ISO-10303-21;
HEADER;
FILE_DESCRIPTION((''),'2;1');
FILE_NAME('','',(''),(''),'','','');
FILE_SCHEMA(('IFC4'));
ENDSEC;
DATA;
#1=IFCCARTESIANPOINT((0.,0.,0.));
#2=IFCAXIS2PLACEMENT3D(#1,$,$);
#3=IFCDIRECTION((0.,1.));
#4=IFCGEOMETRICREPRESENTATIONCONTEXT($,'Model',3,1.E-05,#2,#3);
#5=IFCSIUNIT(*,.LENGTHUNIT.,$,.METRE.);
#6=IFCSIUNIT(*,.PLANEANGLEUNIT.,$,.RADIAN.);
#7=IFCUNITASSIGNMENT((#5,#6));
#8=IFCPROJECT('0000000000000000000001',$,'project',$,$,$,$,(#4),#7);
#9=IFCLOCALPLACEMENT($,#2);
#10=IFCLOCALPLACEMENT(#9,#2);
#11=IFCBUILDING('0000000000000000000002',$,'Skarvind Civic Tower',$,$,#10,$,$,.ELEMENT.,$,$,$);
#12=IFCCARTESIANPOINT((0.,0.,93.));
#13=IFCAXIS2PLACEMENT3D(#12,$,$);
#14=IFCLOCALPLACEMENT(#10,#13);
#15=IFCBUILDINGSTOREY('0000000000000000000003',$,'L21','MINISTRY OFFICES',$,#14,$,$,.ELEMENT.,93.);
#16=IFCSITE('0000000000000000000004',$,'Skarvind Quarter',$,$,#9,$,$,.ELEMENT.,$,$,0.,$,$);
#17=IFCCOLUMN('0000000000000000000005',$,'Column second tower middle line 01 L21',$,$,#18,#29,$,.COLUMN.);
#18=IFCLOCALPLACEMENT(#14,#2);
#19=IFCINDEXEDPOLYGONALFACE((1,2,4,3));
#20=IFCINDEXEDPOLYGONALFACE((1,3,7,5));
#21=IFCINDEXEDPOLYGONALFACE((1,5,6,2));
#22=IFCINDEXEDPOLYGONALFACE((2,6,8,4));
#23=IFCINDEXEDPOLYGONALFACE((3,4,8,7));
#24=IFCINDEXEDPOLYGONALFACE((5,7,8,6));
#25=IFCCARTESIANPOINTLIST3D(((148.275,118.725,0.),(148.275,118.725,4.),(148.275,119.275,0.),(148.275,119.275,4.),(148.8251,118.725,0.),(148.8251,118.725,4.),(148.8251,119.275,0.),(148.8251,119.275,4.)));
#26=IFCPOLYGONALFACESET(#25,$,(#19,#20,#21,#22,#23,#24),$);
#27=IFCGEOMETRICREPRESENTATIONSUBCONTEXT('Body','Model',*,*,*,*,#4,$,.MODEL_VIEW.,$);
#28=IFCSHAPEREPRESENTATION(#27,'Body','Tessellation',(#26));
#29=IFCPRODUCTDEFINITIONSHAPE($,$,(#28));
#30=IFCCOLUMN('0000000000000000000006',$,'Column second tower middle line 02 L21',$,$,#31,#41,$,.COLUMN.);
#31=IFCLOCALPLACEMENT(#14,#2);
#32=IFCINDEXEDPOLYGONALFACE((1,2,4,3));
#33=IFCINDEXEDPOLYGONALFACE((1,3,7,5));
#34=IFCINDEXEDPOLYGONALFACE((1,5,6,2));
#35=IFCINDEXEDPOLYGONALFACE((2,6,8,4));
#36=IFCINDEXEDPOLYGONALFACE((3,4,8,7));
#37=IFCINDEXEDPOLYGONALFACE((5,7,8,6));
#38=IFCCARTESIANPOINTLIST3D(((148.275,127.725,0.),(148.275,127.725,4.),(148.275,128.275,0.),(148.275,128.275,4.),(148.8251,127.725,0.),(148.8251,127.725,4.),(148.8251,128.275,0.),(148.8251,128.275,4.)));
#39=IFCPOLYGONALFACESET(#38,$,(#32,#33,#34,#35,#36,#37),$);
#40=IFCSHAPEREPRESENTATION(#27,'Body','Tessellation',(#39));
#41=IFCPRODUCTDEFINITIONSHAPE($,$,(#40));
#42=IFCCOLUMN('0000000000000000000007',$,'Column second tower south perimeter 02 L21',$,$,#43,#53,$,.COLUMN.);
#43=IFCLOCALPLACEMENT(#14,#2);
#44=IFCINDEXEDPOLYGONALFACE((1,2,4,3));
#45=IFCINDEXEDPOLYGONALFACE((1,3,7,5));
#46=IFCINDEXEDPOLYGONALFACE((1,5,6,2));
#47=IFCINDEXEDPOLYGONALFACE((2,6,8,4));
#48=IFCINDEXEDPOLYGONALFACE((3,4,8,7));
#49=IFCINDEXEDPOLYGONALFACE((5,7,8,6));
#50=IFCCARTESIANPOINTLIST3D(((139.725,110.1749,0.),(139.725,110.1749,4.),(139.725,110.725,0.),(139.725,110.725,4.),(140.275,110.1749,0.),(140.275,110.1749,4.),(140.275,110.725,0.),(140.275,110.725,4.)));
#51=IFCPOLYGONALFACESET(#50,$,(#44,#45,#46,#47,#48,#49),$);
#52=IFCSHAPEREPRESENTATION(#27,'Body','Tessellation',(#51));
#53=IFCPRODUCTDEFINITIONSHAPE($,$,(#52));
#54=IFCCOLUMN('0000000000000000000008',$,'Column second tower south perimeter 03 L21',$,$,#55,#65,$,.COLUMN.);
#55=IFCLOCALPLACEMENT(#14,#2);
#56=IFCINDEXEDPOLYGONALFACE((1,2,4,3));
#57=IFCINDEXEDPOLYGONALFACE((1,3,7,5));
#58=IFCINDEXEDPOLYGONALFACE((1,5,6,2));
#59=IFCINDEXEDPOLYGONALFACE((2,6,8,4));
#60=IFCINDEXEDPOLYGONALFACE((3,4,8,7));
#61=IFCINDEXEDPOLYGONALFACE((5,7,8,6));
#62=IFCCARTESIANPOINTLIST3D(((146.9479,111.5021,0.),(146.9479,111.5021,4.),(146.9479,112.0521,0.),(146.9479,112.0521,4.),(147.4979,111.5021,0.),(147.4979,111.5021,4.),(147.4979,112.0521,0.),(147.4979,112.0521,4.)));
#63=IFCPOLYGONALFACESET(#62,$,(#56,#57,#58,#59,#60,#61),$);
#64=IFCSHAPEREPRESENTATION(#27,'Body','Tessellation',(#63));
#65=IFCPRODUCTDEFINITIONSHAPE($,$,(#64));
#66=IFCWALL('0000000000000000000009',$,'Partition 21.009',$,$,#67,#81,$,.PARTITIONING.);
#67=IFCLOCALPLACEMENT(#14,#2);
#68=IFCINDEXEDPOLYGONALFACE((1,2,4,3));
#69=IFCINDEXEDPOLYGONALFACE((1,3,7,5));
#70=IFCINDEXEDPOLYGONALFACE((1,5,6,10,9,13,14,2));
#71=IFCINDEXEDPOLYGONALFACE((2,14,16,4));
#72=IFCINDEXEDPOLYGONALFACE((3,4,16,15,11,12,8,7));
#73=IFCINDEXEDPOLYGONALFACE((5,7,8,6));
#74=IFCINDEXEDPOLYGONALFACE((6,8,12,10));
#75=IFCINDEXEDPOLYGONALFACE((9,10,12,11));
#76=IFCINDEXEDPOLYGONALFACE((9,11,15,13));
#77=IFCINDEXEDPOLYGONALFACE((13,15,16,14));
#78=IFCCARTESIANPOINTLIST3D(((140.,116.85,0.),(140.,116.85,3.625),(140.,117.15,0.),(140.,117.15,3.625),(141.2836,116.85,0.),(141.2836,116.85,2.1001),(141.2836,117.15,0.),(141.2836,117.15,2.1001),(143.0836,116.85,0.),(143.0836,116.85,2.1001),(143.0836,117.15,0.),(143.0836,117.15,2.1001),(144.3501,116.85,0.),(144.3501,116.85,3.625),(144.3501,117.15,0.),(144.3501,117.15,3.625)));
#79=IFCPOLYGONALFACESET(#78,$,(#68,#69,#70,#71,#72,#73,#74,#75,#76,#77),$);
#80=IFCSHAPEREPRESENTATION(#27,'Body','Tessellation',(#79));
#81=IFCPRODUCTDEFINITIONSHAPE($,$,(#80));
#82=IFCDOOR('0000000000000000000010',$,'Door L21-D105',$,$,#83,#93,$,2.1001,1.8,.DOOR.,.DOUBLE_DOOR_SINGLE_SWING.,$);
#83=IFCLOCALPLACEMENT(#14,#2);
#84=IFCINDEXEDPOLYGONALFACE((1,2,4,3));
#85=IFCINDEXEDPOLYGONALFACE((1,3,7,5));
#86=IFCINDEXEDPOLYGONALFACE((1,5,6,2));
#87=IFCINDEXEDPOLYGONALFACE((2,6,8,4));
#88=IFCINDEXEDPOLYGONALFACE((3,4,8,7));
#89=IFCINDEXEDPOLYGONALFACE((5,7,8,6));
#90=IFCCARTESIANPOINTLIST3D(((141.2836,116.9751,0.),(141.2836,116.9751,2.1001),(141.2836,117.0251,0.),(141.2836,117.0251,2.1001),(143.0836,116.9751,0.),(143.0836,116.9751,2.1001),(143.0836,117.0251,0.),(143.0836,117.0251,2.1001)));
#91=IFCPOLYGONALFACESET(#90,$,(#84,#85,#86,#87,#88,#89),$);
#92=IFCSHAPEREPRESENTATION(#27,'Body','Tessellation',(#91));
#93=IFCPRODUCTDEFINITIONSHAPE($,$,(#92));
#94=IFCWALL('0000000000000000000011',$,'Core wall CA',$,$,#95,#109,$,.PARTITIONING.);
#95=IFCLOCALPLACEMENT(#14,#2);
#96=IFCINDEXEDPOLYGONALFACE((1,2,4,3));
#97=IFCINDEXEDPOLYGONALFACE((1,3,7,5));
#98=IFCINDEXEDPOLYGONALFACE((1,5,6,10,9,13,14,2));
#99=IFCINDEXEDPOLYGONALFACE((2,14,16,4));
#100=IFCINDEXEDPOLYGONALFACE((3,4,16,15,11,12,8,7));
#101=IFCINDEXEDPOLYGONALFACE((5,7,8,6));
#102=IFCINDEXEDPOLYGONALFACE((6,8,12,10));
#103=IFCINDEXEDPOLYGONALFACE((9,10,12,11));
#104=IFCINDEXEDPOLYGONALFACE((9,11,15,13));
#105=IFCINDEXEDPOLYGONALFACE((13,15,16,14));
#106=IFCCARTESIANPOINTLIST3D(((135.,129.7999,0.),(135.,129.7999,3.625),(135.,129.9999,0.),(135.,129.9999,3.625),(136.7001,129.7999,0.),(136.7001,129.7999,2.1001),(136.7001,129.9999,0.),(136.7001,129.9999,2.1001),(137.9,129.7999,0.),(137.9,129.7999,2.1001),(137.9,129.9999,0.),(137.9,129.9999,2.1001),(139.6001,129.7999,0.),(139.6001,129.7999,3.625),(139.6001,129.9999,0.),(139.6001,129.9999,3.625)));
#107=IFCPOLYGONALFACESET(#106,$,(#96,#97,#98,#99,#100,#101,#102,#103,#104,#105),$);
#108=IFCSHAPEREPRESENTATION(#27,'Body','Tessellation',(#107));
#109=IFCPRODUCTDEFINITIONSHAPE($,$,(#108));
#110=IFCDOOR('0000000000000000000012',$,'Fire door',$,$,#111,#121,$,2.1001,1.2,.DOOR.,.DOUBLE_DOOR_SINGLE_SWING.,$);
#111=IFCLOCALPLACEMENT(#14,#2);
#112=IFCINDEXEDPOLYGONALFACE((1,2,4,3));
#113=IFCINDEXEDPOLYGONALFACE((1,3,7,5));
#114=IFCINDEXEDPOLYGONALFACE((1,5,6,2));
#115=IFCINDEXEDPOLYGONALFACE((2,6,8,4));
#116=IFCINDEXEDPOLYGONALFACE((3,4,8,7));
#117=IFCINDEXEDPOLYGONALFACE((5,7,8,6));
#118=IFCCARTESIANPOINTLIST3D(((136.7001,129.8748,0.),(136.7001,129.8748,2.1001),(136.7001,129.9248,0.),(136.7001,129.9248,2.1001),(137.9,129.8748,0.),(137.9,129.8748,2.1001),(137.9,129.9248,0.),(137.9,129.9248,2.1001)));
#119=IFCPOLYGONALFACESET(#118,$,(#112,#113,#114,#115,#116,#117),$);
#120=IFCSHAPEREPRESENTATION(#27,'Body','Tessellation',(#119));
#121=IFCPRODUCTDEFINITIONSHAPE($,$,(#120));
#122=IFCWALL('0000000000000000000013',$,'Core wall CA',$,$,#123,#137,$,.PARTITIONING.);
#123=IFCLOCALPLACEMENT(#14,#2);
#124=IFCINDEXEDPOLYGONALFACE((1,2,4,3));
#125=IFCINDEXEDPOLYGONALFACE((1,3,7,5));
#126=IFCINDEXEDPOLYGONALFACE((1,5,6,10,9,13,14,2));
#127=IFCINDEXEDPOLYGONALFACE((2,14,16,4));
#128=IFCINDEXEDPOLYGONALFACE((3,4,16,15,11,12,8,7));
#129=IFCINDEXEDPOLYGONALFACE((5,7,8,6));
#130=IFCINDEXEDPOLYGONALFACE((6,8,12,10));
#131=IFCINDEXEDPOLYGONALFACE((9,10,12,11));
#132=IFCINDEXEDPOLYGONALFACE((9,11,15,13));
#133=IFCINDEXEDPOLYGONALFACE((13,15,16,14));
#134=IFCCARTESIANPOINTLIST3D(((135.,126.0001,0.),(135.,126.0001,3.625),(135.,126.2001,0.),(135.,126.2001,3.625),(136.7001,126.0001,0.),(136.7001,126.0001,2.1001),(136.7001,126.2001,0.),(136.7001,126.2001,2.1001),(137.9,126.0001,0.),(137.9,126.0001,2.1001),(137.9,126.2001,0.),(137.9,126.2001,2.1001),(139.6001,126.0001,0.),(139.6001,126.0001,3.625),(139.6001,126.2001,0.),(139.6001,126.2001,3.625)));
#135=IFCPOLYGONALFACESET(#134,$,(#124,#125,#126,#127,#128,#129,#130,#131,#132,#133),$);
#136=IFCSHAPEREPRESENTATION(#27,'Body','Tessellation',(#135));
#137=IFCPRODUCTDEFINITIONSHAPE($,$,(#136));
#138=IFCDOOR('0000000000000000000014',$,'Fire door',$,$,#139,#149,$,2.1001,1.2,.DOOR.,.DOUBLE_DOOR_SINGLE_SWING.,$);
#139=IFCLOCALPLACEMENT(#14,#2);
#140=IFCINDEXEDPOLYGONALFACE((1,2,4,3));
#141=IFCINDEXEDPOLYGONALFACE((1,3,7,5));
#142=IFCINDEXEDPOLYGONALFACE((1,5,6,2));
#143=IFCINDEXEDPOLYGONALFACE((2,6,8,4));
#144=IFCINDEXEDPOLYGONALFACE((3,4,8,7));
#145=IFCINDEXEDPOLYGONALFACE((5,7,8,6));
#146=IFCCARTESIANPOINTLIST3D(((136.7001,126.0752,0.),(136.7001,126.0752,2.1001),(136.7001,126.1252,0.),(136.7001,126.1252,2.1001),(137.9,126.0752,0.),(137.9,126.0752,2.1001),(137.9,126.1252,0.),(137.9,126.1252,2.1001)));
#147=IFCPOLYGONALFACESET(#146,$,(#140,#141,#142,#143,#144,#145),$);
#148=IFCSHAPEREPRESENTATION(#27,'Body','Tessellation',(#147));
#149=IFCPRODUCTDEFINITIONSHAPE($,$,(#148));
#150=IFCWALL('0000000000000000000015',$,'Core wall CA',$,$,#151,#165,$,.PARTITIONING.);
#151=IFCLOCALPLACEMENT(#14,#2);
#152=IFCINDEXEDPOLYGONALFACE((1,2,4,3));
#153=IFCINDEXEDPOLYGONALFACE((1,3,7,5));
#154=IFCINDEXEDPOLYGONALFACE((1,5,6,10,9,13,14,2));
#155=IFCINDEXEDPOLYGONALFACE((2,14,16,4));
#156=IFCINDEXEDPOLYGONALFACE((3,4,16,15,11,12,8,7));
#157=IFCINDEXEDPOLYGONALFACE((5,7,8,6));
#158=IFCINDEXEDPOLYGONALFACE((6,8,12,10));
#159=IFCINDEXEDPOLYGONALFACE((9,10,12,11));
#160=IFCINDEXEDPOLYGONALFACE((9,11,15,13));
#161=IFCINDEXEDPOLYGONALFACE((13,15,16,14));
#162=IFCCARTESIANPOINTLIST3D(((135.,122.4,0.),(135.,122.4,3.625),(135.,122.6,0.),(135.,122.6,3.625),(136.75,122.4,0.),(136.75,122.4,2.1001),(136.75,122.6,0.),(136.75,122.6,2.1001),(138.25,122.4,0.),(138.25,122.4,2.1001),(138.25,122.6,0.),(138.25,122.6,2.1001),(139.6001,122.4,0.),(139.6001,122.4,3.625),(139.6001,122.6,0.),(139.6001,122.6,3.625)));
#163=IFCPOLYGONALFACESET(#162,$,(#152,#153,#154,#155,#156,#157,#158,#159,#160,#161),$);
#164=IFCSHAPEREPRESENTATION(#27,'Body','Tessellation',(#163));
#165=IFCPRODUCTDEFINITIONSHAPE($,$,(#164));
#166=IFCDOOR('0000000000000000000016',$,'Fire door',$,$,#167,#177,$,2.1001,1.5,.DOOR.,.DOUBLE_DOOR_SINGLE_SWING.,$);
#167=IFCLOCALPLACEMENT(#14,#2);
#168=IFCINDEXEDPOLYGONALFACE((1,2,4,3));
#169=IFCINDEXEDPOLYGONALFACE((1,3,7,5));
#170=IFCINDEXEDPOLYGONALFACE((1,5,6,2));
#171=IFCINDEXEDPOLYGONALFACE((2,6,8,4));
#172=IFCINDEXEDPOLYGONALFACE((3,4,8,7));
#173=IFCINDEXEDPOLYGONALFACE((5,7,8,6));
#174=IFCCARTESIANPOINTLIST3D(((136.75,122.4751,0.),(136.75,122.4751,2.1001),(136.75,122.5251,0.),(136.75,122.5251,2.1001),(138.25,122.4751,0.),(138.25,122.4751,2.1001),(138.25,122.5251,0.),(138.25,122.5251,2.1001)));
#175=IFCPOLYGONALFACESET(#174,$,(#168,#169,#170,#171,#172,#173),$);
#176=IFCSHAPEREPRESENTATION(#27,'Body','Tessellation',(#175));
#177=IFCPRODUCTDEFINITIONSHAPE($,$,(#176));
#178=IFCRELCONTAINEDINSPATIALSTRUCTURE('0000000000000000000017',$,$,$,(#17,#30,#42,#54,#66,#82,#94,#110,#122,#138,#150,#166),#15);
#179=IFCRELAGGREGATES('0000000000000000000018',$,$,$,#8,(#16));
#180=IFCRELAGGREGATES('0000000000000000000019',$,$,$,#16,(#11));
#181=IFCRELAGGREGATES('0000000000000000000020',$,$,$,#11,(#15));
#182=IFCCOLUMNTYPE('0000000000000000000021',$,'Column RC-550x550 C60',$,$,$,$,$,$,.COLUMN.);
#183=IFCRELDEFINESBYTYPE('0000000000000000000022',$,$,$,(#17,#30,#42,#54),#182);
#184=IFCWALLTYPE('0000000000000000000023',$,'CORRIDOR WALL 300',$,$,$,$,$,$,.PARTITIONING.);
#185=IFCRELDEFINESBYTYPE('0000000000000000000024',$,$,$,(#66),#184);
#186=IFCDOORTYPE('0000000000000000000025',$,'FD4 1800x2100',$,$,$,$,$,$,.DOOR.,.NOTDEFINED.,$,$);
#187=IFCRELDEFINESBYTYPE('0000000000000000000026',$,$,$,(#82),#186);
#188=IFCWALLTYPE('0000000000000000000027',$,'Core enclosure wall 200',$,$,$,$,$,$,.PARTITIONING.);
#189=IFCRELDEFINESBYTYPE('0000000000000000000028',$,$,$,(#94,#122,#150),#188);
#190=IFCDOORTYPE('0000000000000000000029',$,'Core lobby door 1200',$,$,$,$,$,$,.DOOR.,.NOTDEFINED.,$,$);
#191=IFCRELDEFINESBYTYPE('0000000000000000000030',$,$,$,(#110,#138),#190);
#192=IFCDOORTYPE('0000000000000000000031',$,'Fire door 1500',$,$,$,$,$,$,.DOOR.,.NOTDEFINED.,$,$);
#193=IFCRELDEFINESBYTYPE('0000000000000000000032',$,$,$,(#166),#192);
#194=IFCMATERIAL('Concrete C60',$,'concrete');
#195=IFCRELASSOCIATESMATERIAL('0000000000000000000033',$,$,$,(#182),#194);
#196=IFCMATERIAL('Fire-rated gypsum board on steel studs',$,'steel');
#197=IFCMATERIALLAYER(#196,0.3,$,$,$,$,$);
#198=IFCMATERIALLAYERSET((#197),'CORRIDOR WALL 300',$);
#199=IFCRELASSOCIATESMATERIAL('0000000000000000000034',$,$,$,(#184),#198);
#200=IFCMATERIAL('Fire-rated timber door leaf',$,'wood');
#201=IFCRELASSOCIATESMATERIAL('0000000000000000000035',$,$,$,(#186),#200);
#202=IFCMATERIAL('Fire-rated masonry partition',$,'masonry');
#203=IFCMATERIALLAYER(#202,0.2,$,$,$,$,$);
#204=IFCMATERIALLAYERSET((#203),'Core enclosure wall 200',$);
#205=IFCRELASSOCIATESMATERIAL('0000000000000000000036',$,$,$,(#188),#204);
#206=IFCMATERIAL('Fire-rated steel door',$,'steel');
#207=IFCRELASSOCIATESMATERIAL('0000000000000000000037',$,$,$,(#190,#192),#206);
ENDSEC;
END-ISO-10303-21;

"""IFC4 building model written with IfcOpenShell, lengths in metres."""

from ifc_helpers import new_model, si_unit, direction, frame, frame_2d, origin, origin_2d, place, context, subcontext, project, spatial, rectangle, extrude, material, layer, layer_set, material_profile, profile_set, type_object, element, fill, save


model = new_model("IFC4")

# Units and contexts
model_context = context("Model", 3, precision=1e-05, world=origin(), true_north=direction((0.0, 1.0)))
body_context = subcontext(model_context, "Body", "Model", "MODEL_VIEW")
ifc_project = project(units=[si_unit("LENGTHUNIT", "METRE"), si_unit("PLANEANGLEUNIT", "RADIAN")], contexts=[model_context])

# Site, building, storey
site_placement = place(None, origin())
site = spatial("IfcSite", under=ifc_project, at=site_placement, Name="Skarvind Quarter", CompositionType="ELEMENT", RefElevation=0.0)
building_placement = place(site_placement, origin())
building = spatial("IfcBuilding", under=site, at=building_placement, Name="Skarvind Civic Tower", CompositionType="ELEMENT")
storey_placement = place(building_placement, frame((0.0, 0.0, 93.0)))
storey = spatial("IfcBuildingStorey", under=building, at=storey_placement, Name="L21", Description="MINISTRY OFFICES", CompositionType="ELEMENT", Elevation=93.0)

# Columns
ifc_material_1 = material(Name="Concrete C60", Category="concrete")
ifc_material_profile = material_profile(ifc_material_1, rectangle(XDim=0.55, YDim=0.55, at=origin_2d()), Name="RC-550x550")
ifc_profile_set = profile_set([ifc_material_profile], Name="Concrete C60")
column_type = type_object("IfcColumnType", Name="Column RC-550x550 C60", PredefinedType="COLUMN", material=ifc_profile_set)
for number, where, z_axis, x_axis, name in (
    (1, (148.55, 119.0, 0.0), (0.0, 0.0, 1.0), (1.0, 0.0, 0.0), "Column second tower middle line 01 L21"),
    (2, (148.55, 128.0, 0.0), (0.0, 0.0, 1.0), (1.0, 0.0, 0.0), "Column second tower middle line 02 L21"),
    (3, (140.0, 110.45, 0.0), (0.0, 0.0, 1.0), (1.0, 0.0, 0.0), "Column second tower south perimeter 02 L21"),
    (4, (147.2229, 111.7771, 0.0), (0.0, 0.0, 1.0), (1.0, 0.0, 0.0), "Column second tower south perimeter 03 L21"),
):
    element("IfcColumn", number, at=place(storey_placement, frame(where, z_axis=z_axis, x_axis=x_axis)), inside=storey, type_object=column_type, Name=name, PredefinedType="COLUMN", context=body_context, shape_type="SweptSolid", body=[
        extrude(rectangle(XDim=0.55, YDim=0.55, at=origin_2d()), origin(), (0.0, 0.0, 1.0), 4.0),
    ])

# Walls, openings, doors
ifc_material_2 = material(Name="Fire-rated gypsum board on steel studs", Category="steel")
ifc_layer_1 = layer(ifc_material_2, 0.3)
ifc_layer_set_1 = layer_set([ifc_layer_1], Name="CORRIDOR WALL 300")
wall_type_1 = type_object("IfcWallType", Name="CORRIDOR WALL 300", PredefinedType="PARTITIONING", material=ifc_layer_set_1)
wall_1_placement = place(storey_placement, frame((144.3501, 117.0, 0.0), z_axis=(0.0, 0.0, 1.0), x_axis=(-1.0, 0.0, 0.0)))
wall_1 = element("IfcWall", 5, at=wall_1_placement, inside=storey, type_object=wall_type_1, Name="Partition 21.009", PredefinedType="PARTITIONING", context=body_context, shape_type="SweptSolid", body=[
    extrude(rectangle(XDim=4.3501, YDim=0.3, at=frame_2d((2.175, 0.0))), origin(), (0.0, 0.0, 1.0), 3.625),
])
opening_1_placement = place(wall_1_placement, frame((1.2666, 0.0, 0.0)))
opening_1 = element("IfcOpeningElement", 6, at=opening_1_placement, cuts=wall_1, PredefinedType="OPENING", context=body_context, shape_type="SweptSolid", body=[
    extrude(rectangle(XDim=1.8, YDim=2.1001, at=frame_2d((0.8999, 1.05))), frame((0.0, 0.1599, 0.0), z_axis=(0.0, -1.0, 0.0), x_axis=(1.0, 0.0, 0.0)), (0.0, 0.0, 1.0), 0.3201),
])
ifc_material_3 = material(Name="Fire-rated timber door leaf", Category="wood")
door_type_1 = type_object("IfcDoorType", Name="FD4 1800x2100", OperationType="NOTDEFINED", PredefinedType="DOOR", material=ifc_material_3)
door_1_placement = place(opening_1_placement, origin())
door_1 = element("IfcDoor", 7, at=door_1_placement, inside=storey, type_object=door_type_1, Name="Door L21-D105", OperationType="DOUBLE_DOOR_SINGLE_SWING", OverallHeight=2.1001, OverallWidth=1.8, PredefinedType="DOOR", context=body_context, shape_type="SweptSolid", body=[
    extrude(rectangle(XDim=1.8, YDim=2.1001, at=frame_2d((0.8999, 1.05))), frame((0.0, 0.0249, 0.0), z_axis=(0.0, -1.0, 0.0), x_axis=(1.0, 0.0, 0.0)), (0.0, 0.0, 1.0), 0.05),
])
fill(opening_1, door_1)
ifc_material_4 = material(Name="Fire-rated masonry partition", Category="masonry")
ifc_layer_2 = layer(ifc_material_4, 0.2)
ifc_layer_set_2 = layer_set([ifc_layer_2], Name="Core enclosure wall 200")
wall_type_2 = type_object("IfcWallType", Name="Core enclosure wall 200", PredefinedType="PARTITIONING", material=ifc_layer_set_2)
wall_2_placement = place(storey_placement, frame((135.0, 129.8999, 0.0), z_axis=(0.0, 0.0, 1.0), x_axis=(1.0, 0.0, 0.0)))
wall_2 = element("IfcWall", 8, at=wall_2_placement, inside=storey, type_object=wall_type_2, Name="Core wall CA", PredefinedType="PARTITIONING", context=body_context, shape_type="SweptSolid", body=[
    extrude(rectangle(XDim=4.6001, YDim=0.2, at=frame_2d((2.3, 0.0))), origin(), (0.0, 0.0, 1.0), 3.625),
])
opening_2_placement = place(wall_2_placement, frame((1.7, 0.0, 0.0)))
opening_2 = element("IfcOpeningElement", 9, at=opening_2_placement, cuts=wall_2, PredefinedType="OPENING", context=body_context, shape_type="SweptSolid", body=[
    extrude(rectangle(XDim=1.2, YDim=2.1001, at=frame_2d((0.6001, 1.05))), frame((0.0, 0.1099, 0.0), z_axis=(0.0, -1.0, 0.0), x_axis=(1.0, 0.0, 0.0)), (0.0, 0.0, 1.0), 0.22),
])
ifc_material_5 = material(Name="Fire-rated steel door", Category="steel")
door_type_2 = type_object("IfcDoorType", Name="Core lobby door 1200", OperationType="NOTDEFINED", PredefinedType="DOOR", material=ifc_material_5)
door_2_placement = place(opening_2_placement, origin())
door_2 = element("IfcDoor", 10, at=door_2_placement, inside=storey, type_object=door_type_2, Name="Fire door", OperationType="DOUBLE_DOOR_SINGLE_SWING", OverallHeight=2.1001, OverallWidth=1.2, PredefinedType="DOOR", context=body_context, shape_type="SweptSolid", body=[
    extrude(rectangle(XDim=1.2, YDim=2.1001, at=frame_2d((0.6001, 1.05))), frame((0.0, 0.0249, 0.0), z_axis=(0.0, -1.0, 0.0), x_axis=(1.0, 0.0, 0.0)), (0.0, 0.0, 1.0), 0.05),
])
fill(opening_2, door_2)
wall_3_placement = place(storey_placement, frame((139.6001, 126.1001, 0.0), z_axis=(0.0, 0.0, 1.0), x_axis=(-1.0, 0.0, 0.0)))
wall_3 = element("IfcWall", 11, at=wall_3_placement, inside=storey, type_object=wall_type_2, Name="Core wall CA", PredefinedType="PARTITIONING", context=body_context, shape_type="SweptSolid", body=[
    extrude(rectangle(XDim=4.6001, YDim=0.2, at=frame_2d((2.3, 0.0))), origin(), (0.0, 0.0, 1.0), 3.625),
])
opening_3_placement = place(wall_3_placement, frame((1.7, 0.0, 0.0)))
opening_3 = element("IfcOpeningElement", 12, at=opening_3_placement, cuts=wall_3, PredefinedType="OPENING", context=body_context, shape_type="SweptSolid", body=[
    extrude(rectangle(XDim=1.2, YDim=2.1001, at=frame_2d((0.6001, 1.05))), frame((0.0, 0.1099, 0.0), z_axis=(0.0, -1.0, 0.0), x_axis=(1.0, 0.0, 0.0)), (0.0, 0.0, 1.0), 0.22),
])
door_3_placement = place(opening_3_placement, origin())
door_3 = element("IfcDoor", 13, at=door_3_placement, inside=storey, type_object=door_type_2, Name="Fire door", OperationType="DOUBLE_DOOR_SINGLE_SWING", OverallHeight=2.1001, OverallWidth=1.2, PredefinedType="DOOR", context=body_context, shape_type="SweptSolid", body=[
    extrude(rectangle(XDim=1.2, YDim=2.1001, at=frame_2d((0.6001, 1.05))), frame((0.0, 0.0249, 0.0), z_axis=(0.0, -1.0, 0.0), x_axis=(1.0, 0.0, 0.0)), (0.0, 0.0, 1.0), 0.05),
])
fill(opening_3, door_3)
wall_4_placement = place(storey_placement, frame((139.6001, 122.5, 0.0), z_axis=(0.0, 0.0, 1.0), x_axis=(-1.0, 0.0, 0.0)))
wall_4 = element("IfcWall", 14, at=wall_4_placement, inside=storey, type_object=wall_type_2, Name="Core wall CA", PredefinedType="PARTITIONING", context=body_context, shape_type="SweptSolid", body=[
    extrude(rectangle(XDim=4.6001, YDim=0.2, at=frame_2d((2.3, 0.0))), origin(), (0.0, 0.0, 1.0), 3.625),
])
opening_4_placement = place(wall_4_placement, frame((1.3501, 0.0, 0.0)))
opening_4 = element("IfcOpeningElement", 15, at=opening_4_placement, cuts=wall_4, PredefinedType="OPENING", context=body_context, shape_type="SweptSolid", body=[
    extrude(rectangle(XDim=1.5, YDim=2.1001, at=frame_2d((0.75, 1.05))), frame((0.0, 0.1099, 0.0), z_axis=(0.0, -1.0, 0.0), x_axis=(1.0, 0.0, 0.0)), (0.0, 0.0, 1.0), 0.22),
])
door_type_3 = type_object("IfcDoorType", Name="Fire door 1500", OperationType="NOTDEFINED", PredefinedType="DOOR", material=ifc_material_5)
door_4_placement = place(opening_4_placement, origin())
door_4 = element("IfcDoor", 16, at=door_4_placement, inside=storey, type_object=door_type_3, Name="Fire door", OperationType="DOUBLE_DOOR_SINGLE_SWING", OverallHeight=2.1001, OverallWidth=1.5, PredefinedType="DOOR", context=body_context, shape_type="SweptSolid", body=[
    extrude(rectangle(XDim=1.5, YDim=2.1001, at=frame_2d((0.75, 1.05))), frame((0.0, 0.0249, 0.0), z_axis=(0.0, -1.0, 0.0), x_axis=(1.0, 0.0, 0.0)), (0.0, 0.0, 1.0), 0.05),
])
fill(opening_4, door_4)

save(model, "model.ifc")
